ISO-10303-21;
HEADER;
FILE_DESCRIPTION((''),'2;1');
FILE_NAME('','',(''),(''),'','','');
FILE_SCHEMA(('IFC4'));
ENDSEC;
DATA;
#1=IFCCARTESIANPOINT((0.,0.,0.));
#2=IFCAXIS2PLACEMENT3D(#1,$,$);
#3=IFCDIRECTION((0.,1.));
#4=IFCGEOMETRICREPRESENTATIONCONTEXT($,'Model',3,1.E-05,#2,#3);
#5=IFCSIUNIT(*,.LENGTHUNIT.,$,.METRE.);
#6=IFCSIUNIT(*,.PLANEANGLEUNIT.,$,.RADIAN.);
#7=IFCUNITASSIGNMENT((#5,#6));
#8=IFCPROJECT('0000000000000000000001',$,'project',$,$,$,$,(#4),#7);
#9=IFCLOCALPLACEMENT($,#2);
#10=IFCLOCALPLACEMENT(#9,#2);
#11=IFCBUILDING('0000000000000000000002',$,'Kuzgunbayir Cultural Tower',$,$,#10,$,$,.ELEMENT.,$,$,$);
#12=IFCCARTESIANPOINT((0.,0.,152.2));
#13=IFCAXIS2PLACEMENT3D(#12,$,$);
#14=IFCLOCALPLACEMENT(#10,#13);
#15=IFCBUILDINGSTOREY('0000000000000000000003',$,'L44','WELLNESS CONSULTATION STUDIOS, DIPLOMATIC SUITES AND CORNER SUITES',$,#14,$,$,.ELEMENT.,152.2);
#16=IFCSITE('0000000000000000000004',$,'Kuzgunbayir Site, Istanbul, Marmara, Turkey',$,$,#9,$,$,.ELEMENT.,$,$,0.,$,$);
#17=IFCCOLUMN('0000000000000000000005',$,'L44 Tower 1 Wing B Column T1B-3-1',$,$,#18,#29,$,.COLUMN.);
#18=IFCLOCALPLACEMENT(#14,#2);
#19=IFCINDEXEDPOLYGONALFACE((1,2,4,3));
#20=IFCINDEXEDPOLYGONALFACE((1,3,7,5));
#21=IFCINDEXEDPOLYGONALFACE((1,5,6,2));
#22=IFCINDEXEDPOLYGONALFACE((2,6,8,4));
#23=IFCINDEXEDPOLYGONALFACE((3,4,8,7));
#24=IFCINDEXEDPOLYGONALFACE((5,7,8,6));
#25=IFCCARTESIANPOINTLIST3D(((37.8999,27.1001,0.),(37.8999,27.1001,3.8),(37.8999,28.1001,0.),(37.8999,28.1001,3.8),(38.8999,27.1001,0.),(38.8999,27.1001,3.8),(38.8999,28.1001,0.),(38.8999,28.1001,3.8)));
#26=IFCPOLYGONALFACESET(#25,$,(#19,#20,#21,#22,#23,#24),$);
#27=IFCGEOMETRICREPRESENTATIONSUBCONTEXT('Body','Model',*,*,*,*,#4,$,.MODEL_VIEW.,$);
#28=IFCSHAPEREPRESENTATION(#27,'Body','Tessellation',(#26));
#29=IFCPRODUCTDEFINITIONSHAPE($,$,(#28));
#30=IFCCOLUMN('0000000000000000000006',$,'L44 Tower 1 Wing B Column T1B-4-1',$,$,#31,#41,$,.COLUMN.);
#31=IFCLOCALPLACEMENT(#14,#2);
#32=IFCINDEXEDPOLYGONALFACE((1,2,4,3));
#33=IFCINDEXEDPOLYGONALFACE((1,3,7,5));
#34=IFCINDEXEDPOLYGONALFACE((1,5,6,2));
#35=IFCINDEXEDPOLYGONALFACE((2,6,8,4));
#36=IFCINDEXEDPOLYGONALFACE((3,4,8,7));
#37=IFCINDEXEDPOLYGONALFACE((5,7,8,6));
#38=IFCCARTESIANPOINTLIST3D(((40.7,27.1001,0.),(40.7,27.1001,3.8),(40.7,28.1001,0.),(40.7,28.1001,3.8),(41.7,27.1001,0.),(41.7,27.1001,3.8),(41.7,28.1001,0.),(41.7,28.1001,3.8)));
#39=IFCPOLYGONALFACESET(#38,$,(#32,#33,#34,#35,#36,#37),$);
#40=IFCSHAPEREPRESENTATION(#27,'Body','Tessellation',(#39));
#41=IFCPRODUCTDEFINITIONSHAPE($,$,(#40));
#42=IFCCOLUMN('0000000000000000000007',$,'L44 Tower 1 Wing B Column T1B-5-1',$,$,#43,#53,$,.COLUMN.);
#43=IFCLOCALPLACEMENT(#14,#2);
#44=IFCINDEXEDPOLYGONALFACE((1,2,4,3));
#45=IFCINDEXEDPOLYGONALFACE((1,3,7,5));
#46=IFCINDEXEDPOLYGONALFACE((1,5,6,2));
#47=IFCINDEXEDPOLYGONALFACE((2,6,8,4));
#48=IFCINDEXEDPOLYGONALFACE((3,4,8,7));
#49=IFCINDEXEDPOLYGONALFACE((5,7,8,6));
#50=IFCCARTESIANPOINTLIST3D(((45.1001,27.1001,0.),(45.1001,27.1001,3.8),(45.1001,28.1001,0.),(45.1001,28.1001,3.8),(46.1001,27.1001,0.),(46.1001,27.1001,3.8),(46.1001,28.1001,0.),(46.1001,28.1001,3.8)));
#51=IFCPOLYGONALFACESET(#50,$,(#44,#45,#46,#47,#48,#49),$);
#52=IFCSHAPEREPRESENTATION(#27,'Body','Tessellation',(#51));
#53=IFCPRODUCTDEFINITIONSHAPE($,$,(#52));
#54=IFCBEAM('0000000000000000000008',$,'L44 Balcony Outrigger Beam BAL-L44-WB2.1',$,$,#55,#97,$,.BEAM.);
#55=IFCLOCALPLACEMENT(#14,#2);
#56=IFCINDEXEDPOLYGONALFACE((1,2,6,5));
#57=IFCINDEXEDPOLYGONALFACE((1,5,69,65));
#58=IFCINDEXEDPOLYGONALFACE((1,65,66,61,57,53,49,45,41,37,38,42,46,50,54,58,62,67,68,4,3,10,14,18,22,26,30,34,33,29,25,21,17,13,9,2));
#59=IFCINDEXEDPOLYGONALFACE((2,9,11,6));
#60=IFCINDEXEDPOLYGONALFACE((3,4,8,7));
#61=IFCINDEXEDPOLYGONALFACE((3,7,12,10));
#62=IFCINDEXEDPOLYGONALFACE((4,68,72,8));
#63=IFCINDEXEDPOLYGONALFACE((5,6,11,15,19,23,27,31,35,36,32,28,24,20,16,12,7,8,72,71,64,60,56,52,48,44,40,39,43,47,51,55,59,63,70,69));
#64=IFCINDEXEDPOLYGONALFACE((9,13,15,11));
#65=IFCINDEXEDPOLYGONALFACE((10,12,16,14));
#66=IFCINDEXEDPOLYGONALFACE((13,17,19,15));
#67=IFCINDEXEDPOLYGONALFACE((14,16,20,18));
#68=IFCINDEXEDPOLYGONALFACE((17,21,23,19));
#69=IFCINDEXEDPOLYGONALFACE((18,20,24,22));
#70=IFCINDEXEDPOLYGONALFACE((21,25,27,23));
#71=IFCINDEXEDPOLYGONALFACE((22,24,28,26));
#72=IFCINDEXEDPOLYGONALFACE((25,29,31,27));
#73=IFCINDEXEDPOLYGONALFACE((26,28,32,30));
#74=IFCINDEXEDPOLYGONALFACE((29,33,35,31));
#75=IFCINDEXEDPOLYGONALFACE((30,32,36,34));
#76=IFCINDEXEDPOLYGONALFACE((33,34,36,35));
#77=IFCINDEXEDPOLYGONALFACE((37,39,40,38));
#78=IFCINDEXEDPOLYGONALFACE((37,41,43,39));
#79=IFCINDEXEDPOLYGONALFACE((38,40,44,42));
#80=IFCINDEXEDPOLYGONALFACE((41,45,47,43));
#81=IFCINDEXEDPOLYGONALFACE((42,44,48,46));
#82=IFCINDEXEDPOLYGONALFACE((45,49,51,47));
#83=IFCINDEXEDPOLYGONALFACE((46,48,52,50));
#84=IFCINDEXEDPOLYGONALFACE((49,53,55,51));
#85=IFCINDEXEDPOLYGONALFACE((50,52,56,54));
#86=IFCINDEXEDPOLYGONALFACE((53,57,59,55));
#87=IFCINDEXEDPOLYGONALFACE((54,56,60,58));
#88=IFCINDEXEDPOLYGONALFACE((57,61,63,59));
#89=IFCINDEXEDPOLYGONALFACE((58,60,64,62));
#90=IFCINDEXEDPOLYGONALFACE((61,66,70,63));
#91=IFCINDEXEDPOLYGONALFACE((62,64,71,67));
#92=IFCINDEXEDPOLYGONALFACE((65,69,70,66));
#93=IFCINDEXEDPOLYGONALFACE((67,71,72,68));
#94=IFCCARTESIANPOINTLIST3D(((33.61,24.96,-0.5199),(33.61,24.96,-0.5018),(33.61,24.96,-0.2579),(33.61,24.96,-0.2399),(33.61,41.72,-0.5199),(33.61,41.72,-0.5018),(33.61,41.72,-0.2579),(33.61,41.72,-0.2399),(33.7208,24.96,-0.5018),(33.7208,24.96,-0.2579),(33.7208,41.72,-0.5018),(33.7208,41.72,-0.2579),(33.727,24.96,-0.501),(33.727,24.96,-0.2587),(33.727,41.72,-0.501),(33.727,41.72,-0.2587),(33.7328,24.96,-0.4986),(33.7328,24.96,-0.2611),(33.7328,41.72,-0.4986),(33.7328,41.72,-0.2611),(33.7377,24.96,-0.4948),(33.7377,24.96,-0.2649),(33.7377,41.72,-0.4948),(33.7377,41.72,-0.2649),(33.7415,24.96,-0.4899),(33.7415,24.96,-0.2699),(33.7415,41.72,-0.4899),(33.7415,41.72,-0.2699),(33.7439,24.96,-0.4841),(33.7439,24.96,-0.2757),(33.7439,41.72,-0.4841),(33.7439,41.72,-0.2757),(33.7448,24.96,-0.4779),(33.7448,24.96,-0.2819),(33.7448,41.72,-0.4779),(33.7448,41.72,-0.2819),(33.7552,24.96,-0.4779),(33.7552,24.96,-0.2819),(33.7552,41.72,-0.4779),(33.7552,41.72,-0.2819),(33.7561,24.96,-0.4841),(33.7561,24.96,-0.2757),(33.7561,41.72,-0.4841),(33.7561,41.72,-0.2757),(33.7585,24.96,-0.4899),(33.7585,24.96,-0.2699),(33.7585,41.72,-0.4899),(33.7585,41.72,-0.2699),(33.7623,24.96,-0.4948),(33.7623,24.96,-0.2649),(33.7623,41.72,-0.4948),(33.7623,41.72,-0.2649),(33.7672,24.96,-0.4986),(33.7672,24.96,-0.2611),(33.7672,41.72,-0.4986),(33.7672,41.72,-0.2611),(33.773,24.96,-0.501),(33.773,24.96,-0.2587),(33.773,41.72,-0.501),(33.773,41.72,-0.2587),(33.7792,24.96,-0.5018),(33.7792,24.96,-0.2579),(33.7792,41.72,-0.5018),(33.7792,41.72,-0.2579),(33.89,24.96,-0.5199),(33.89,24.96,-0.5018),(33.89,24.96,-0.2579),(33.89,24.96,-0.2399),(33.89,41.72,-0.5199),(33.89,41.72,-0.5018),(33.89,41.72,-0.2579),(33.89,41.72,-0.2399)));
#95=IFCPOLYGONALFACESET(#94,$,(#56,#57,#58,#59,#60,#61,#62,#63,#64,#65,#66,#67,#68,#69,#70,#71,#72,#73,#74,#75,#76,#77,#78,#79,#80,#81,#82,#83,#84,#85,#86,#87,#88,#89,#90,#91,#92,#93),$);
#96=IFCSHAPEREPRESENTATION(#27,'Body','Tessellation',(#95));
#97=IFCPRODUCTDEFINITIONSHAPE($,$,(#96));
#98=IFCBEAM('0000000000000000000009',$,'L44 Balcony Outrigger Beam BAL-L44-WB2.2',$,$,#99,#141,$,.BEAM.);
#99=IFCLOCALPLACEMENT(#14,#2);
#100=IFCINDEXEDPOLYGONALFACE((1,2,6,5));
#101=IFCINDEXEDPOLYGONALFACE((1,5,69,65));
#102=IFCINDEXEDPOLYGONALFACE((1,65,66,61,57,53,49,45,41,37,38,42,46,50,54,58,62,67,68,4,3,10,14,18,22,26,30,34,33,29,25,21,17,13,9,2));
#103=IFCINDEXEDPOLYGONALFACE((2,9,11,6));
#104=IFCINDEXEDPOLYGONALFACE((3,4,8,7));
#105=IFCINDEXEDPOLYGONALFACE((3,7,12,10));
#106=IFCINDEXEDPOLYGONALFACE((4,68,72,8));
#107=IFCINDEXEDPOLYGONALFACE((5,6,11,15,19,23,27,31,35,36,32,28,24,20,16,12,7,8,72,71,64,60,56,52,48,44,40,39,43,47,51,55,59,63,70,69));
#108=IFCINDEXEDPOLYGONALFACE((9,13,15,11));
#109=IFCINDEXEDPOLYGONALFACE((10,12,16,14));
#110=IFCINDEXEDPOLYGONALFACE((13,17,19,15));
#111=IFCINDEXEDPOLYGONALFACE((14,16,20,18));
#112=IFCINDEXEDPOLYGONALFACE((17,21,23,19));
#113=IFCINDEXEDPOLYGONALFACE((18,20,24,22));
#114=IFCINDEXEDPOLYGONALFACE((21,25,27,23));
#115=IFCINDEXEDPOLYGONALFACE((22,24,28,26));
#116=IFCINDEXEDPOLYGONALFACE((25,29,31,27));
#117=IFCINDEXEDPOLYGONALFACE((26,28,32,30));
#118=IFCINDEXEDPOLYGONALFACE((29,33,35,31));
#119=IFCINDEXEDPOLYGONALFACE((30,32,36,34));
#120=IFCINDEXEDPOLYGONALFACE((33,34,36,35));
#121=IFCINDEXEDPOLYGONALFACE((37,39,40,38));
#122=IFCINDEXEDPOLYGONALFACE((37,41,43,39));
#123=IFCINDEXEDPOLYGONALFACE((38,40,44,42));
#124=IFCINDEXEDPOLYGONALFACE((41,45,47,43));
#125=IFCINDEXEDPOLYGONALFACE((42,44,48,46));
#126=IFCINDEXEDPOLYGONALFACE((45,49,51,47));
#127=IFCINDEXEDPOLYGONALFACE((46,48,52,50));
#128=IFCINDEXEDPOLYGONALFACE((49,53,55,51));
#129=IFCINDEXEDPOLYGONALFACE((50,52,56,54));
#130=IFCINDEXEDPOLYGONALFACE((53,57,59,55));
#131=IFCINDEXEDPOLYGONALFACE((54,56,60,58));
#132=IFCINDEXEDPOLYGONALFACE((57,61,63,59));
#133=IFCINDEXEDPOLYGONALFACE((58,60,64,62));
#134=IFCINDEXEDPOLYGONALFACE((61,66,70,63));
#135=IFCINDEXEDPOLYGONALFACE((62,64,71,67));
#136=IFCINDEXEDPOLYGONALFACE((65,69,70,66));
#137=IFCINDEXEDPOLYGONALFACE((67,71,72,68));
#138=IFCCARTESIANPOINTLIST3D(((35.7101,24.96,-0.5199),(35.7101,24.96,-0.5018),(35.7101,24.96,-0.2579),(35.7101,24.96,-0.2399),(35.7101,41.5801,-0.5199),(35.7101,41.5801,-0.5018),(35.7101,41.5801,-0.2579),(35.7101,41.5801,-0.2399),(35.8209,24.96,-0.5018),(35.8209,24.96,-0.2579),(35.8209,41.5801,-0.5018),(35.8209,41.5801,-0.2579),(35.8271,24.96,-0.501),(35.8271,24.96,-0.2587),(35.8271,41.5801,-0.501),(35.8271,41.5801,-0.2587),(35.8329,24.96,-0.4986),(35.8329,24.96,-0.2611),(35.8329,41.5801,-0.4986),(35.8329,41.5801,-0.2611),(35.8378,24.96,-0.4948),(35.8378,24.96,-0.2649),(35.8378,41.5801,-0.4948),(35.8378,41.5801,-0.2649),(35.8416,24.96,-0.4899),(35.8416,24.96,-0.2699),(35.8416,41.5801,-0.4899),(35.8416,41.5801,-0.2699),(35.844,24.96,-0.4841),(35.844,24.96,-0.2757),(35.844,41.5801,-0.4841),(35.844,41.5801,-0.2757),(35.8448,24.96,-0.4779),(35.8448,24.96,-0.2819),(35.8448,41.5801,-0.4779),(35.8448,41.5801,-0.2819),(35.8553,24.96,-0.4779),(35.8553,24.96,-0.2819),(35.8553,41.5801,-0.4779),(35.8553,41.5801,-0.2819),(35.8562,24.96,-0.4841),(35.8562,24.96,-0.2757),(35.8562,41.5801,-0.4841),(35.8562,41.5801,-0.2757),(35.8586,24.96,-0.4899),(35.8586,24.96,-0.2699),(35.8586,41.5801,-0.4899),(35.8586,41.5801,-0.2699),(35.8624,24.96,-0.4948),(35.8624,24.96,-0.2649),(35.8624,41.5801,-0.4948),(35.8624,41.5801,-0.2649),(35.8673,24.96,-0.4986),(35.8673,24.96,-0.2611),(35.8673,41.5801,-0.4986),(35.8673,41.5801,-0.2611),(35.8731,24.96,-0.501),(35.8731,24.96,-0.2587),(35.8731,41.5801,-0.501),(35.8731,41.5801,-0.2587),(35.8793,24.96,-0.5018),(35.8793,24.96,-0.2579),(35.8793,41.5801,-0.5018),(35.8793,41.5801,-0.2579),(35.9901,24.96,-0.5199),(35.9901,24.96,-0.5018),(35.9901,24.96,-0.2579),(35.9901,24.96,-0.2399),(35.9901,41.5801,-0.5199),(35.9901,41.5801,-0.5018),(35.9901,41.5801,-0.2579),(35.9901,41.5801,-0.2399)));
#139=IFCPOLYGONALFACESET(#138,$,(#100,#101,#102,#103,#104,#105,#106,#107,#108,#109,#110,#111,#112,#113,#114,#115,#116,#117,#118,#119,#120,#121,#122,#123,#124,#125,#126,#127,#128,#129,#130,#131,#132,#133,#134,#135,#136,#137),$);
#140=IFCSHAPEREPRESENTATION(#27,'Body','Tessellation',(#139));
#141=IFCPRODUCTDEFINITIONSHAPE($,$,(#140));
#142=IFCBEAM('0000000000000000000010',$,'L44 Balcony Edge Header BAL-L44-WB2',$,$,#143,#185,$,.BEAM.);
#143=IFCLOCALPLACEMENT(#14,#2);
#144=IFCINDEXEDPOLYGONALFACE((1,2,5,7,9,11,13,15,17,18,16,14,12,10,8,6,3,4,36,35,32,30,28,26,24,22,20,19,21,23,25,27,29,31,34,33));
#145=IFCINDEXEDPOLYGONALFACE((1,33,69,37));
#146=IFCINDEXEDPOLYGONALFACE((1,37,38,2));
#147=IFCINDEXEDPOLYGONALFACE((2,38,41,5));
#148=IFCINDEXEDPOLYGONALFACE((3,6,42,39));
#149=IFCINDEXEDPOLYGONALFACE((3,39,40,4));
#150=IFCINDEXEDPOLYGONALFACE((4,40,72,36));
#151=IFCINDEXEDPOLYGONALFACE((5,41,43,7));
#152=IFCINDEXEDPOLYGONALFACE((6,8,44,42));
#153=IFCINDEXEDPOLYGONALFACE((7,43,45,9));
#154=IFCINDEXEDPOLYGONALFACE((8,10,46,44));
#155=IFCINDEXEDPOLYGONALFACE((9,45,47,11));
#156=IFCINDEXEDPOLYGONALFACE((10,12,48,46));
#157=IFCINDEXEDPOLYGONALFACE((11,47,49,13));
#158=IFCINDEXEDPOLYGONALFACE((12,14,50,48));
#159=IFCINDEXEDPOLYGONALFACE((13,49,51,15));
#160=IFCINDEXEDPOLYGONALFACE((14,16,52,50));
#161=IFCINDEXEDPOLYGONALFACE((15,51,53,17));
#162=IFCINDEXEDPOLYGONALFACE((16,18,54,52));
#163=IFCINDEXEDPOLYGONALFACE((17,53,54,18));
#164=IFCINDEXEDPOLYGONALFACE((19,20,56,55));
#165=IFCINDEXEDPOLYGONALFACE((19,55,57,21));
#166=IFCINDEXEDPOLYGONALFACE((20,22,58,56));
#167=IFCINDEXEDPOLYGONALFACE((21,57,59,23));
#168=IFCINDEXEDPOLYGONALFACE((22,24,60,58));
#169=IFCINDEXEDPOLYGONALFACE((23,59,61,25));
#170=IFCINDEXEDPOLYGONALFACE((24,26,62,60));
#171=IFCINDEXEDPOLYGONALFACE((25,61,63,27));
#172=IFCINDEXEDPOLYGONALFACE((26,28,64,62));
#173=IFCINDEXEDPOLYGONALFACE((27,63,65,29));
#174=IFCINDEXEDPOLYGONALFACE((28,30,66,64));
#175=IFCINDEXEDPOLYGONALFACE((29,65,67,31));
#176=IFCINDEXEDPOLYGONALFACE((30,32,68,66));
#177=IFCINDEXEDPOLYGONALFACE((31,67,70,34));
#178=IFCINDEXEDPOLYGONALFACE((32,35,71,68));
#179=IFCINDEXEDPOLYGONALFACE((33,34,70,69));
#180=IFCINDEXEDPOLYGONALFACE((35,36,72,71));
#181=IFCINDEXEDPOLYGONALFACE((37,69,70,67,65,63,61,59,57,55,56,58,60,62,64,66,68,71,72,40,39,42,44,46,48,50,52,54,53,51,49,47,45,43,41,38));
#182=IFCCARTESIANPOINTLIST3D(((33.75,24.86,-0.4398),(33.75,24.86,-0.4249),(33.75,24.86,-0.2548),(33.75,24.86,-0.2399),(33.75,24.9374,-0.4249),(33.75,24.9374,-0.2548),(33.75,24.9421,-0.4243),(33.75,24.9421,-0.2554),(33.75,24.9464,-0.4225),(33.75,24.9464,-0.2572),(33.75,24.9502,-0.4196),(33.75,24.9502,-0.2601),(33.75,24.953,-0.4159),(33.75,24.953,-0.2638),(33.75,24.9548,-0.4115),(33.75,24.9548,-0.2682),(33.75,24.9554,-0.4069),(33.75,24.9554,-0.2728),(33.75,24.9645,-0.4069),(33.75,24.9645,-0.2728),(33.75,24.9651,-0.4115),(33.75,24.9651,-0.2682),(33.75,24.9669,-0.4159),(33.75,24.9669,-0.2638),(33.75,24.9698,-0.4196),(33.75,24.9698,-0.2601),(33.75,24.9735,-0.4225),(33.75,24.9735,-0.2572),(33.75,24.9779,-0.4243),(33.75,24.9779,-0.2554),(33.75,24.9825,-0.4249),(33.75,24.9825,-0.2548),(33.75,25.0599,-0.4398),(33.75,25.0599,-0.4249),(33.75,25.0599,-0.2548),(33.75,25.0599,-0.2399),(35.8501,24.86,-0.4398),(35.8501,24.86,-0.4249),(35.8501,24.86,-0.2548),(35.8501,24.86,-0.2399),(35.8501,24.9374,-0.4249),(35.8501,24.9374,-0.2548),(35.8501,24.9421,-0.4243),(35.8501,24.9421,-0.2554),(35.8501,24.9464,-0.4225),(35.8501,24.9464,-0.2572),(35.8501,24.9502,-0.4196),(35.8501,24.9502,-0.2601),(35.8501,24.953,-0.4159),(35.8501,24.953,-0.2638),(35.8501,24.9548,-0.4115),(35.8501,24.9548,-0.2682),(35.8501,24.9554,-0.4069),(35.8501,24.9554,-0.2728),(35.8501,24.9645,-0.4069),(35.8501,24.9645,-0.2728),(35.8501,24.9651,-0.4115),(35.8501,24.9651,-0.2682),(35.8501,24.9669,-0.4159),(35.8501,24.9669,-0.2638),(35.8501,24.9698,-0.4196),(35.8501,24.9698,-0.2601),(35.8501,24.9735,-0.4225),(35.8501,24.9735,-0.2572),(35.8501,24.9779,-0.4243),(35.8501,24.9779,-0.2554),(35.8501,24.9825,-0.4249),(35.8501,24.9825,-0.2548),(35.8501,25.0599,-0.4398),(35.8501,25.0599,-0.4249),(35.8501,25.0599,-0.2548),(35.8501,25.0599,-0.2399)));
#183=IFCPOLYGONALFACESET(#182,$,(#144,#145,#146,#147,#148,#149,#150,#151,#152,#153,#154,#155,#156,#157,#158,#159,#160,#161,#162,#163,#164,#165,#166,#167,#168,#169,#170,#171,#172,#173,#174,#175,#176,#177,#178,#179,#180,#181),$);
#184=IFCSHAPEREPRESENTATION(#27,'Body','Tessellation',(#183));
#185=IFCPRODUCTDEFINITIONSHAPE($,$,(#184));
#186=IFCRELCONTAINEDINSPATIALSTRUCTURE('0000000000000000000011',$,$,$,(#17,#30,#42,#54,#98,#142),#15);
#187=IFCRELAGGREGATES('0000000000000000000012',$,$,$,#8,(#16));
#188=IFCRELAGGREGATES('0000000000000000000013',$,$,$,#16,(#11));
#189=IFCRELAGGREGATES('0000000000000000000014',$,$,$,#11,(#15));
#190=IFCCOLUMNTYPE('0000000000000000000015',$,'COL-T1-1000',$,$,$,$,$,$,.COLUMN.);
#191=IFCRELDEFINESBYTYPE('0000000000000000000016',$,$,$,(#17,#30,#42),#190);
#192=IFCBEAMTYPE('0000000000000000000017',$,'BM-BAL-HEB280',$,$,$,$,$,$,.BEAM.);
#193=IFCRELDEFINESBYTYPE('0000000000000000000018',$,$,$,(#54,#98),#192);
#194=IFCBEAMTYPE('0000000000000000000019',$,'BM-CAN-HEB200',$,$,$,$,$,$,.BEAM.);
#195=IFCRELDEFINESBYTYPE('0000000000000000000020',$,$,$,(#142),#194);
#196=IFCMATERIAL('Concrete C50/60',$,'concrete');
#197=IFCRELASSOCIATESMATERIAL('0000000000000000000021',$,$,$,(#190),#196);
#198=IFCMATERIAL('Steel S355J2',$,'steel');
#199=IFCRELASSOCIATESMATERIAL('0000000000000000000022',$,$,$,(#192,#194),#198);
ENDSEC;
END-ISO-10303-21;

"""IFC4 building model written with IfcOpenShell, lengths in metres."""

from ifc_helpers import new_model, si_unit, direction, frame, origin, origin_2d, place, context, subcontext, project, spatial, rectangle, i_section, extrude, material, material_profile, profile_set, type_object, element, save


model = new_model("IFC4")

# Units and contexts
model_context = context("Model", 3, precision=1e-05, world=origin(), true_north=direction((0.0, 1.0)))
body_context = subcontext(model_context, "Body", "Model", "MODEL_VIEW")
ifc_project = project(units=[si_unit("LENGTHUNIT", "METRE"), si_unit("PLANEANGLEUNIT", "RADIAN")], contexts=[model_context])

# Site, building, storey
site_placement = place(None, origin())
site = spatial("IfcSite", under=ifc_project, at=site_placement, Name="Kuzgunbayir Site, Istanbul, Marmara, Turkey", CompositionType="ELEMENT", RefElevation=0.0)
building_placement = place(site_placement, origin())
building = spatial("IfcBuilding", under=site, at=building_placement, Name="Kuzgunbayir Cultural Tower", CompositionType="ELEMENT")
storey_placement = place(building_placement, frame((0.0, 0.0, 152.2)))
storey = spatial("IfcBuildingStorey", under=building, at=storey_placement, Name="L44", Description="WELLNESS CONSULTATION STUDIOS, DIPLOMATIC SUITES AND CORNER SUITES", CompositionType="ELEMENT", Elevation=152.2)

# Columns
ifc_material_1 = material(Name="Concrete C50/60", Category="concrete")
ifc_material_profile_1 = material_profile(ifc_material_1, rectangle(XDim=1.0, YDim=1.0, at=origin_2d()), Name="RC 1000x1000")
ifc_profile_set_1 = profile_set([ifc_material_profile_1], Name="Concrete C50/60")
column_type = type_object("IfcColumnType", Name="COL-T1-1000", PredefinedType="COLUMN", material=ifc_profile_set_1)
for number, where, z_axis, x_axis, name in (
    (1, (38.3999, 27.6001, 0.0), (0.0, 0.0, 1.0), (1.0, 0.0, 0.0), "L44 Tower 1 Wing B Column T1B-3-1"),
    (2, (41.2, 27.6001, 0.0), (0.0, 0.0, 1.0), (1.0, 0.0, 0.0), "L44 Tower 1 Wing B Column T1B-4-1"),
    (3, (45.6001, 27.6001, 0.0), (0.0, 0.0, 1.0), (1.0, 0.0, 0.0), "L44 Tower 1 Wing B Column T1B-5-1"),
):
    element("IfcColumn", number, at=place(storey_placement, frame(where, z_axis=z_axis, x_axis=x_axis)), inside=storey, type_object=column_type, Name=name, PredefinedType="COLUMN", context=body_context, shape_type="SweptSolid", body=[
        extrude(rectangle(XDim=1.0, YDim=1.0, at=origin_2d()), origin(), (0.0, 0.0, 1.0), 3.8),
    ])

# Beams
ifc_material_2 = material(Name="Steel S355J2", Category="steel")
ifc_material_profile_2 = material_profile(ifc_material_2, i_section(OverallWidth=0.28, OverallDepth=0.28, WebThickness=0.0105, FlangeThickness=0.0181, FilletRadius=0.0239, at=origin_2d()), Name="HEB 280")
ifc_profile_set_2 = profile_set([ifc_material_profile_2], Name="Steel S355J2")
beam_type_1 = type_object("IfcBeamType", Name="BM-BAL-HEB280", PredefinedType="BEAM", material=ifc_profile_set_2)
beam_1_placement = place(storey_placement, frame((33.75, 24.96, -0.3799), z_axis=(0.0, 1.0, 0.0), x_axis=(-1.0, 0.0, 0.0)))
element("IfcBeam", 4, at=beam_1_placement, inside=storey, type_object=beam_type_1, Name="L44 Balcony Outrigger Beam BAL-L44-WB2.1", PredefinedType="BEAM", context=body_context, shape_type="SweptSolid", body=[
    extrude(i_section(OverallWidth=0.28, OverallDepth=0.28, WebThickness=0.0105, FlangeThickness=0.0181, FilletRadius=0.0239, at=origin_2d()), origin(), (0.0, 0.0, 1.0), 16.76),
])
beam_2_placement = place(storey_placement, frame((35.8501, 24.96, -0.3799), z_axis=(0.0, 1.0, 0.0), x_axis=(-1.0, 0.0, 0.0)))
element("IfcBeam", 5, at=beam_2_placement, inside=storey, type_object=beam_type_1, Name="L44 Balcony Outrigger Beam BAL-L44-WB2.2", PredefinedType="BEAM", context=body_context, shape_type="SweptSolid", body=[
    extrude(i_section(OverallWidth=0.28, OverallDepth=0.28, WebThickness=0.0105, FlangeThickness=0.0181, FilletRadius=0.0239, at=origin_2d()), origin(), (0.0, 0.0, 1.0), 16.6201),
])
ifc_material_profile_3 = material_profile(ifc_material_2, i_section(OverallWidth=0.2, OverallDepth=0.2, WebThickness=0.009, FlangeThickness=0.0149, FilletRadius=0.0181, at=origin_2d()), Name="HEB 200")
ifc_profile_set_3 = profile_set([ifc_material_profile_3], Name="Steel S355J2")
beam_type_2 = type_object("IfcBeamType", Name="BM-CAN-HEB200", PredefinedType="BEAM", material=ifc_profile_set_3)
beam_3_placement = place(storey_placement, frame((33.75, 24.96, -0.3398), z_axis=(1.0, 0.0, 0.0), x_axis=(0.0, 1.0, 0.0)))
element("IfcBeam", 6, at=beam_3_placement, inside=storey, type_object=beam_type_2, Name="L44 Balcony Edge Header BAL-L44-WB2", PredefinedType="BEAM", context=body_context, shape_type="SweptSolid", body=[
    extrude(i_section(OverallWidth=0.2, OverallDepth=0.2, WebThickness=0.009, FlangeThickness=0.0149, FilletRadius=0.0181, at=origin_2d()), origin(), (0.0, 0.0, 1.0), 2.1001),
])

save(model, "model.ifc")
